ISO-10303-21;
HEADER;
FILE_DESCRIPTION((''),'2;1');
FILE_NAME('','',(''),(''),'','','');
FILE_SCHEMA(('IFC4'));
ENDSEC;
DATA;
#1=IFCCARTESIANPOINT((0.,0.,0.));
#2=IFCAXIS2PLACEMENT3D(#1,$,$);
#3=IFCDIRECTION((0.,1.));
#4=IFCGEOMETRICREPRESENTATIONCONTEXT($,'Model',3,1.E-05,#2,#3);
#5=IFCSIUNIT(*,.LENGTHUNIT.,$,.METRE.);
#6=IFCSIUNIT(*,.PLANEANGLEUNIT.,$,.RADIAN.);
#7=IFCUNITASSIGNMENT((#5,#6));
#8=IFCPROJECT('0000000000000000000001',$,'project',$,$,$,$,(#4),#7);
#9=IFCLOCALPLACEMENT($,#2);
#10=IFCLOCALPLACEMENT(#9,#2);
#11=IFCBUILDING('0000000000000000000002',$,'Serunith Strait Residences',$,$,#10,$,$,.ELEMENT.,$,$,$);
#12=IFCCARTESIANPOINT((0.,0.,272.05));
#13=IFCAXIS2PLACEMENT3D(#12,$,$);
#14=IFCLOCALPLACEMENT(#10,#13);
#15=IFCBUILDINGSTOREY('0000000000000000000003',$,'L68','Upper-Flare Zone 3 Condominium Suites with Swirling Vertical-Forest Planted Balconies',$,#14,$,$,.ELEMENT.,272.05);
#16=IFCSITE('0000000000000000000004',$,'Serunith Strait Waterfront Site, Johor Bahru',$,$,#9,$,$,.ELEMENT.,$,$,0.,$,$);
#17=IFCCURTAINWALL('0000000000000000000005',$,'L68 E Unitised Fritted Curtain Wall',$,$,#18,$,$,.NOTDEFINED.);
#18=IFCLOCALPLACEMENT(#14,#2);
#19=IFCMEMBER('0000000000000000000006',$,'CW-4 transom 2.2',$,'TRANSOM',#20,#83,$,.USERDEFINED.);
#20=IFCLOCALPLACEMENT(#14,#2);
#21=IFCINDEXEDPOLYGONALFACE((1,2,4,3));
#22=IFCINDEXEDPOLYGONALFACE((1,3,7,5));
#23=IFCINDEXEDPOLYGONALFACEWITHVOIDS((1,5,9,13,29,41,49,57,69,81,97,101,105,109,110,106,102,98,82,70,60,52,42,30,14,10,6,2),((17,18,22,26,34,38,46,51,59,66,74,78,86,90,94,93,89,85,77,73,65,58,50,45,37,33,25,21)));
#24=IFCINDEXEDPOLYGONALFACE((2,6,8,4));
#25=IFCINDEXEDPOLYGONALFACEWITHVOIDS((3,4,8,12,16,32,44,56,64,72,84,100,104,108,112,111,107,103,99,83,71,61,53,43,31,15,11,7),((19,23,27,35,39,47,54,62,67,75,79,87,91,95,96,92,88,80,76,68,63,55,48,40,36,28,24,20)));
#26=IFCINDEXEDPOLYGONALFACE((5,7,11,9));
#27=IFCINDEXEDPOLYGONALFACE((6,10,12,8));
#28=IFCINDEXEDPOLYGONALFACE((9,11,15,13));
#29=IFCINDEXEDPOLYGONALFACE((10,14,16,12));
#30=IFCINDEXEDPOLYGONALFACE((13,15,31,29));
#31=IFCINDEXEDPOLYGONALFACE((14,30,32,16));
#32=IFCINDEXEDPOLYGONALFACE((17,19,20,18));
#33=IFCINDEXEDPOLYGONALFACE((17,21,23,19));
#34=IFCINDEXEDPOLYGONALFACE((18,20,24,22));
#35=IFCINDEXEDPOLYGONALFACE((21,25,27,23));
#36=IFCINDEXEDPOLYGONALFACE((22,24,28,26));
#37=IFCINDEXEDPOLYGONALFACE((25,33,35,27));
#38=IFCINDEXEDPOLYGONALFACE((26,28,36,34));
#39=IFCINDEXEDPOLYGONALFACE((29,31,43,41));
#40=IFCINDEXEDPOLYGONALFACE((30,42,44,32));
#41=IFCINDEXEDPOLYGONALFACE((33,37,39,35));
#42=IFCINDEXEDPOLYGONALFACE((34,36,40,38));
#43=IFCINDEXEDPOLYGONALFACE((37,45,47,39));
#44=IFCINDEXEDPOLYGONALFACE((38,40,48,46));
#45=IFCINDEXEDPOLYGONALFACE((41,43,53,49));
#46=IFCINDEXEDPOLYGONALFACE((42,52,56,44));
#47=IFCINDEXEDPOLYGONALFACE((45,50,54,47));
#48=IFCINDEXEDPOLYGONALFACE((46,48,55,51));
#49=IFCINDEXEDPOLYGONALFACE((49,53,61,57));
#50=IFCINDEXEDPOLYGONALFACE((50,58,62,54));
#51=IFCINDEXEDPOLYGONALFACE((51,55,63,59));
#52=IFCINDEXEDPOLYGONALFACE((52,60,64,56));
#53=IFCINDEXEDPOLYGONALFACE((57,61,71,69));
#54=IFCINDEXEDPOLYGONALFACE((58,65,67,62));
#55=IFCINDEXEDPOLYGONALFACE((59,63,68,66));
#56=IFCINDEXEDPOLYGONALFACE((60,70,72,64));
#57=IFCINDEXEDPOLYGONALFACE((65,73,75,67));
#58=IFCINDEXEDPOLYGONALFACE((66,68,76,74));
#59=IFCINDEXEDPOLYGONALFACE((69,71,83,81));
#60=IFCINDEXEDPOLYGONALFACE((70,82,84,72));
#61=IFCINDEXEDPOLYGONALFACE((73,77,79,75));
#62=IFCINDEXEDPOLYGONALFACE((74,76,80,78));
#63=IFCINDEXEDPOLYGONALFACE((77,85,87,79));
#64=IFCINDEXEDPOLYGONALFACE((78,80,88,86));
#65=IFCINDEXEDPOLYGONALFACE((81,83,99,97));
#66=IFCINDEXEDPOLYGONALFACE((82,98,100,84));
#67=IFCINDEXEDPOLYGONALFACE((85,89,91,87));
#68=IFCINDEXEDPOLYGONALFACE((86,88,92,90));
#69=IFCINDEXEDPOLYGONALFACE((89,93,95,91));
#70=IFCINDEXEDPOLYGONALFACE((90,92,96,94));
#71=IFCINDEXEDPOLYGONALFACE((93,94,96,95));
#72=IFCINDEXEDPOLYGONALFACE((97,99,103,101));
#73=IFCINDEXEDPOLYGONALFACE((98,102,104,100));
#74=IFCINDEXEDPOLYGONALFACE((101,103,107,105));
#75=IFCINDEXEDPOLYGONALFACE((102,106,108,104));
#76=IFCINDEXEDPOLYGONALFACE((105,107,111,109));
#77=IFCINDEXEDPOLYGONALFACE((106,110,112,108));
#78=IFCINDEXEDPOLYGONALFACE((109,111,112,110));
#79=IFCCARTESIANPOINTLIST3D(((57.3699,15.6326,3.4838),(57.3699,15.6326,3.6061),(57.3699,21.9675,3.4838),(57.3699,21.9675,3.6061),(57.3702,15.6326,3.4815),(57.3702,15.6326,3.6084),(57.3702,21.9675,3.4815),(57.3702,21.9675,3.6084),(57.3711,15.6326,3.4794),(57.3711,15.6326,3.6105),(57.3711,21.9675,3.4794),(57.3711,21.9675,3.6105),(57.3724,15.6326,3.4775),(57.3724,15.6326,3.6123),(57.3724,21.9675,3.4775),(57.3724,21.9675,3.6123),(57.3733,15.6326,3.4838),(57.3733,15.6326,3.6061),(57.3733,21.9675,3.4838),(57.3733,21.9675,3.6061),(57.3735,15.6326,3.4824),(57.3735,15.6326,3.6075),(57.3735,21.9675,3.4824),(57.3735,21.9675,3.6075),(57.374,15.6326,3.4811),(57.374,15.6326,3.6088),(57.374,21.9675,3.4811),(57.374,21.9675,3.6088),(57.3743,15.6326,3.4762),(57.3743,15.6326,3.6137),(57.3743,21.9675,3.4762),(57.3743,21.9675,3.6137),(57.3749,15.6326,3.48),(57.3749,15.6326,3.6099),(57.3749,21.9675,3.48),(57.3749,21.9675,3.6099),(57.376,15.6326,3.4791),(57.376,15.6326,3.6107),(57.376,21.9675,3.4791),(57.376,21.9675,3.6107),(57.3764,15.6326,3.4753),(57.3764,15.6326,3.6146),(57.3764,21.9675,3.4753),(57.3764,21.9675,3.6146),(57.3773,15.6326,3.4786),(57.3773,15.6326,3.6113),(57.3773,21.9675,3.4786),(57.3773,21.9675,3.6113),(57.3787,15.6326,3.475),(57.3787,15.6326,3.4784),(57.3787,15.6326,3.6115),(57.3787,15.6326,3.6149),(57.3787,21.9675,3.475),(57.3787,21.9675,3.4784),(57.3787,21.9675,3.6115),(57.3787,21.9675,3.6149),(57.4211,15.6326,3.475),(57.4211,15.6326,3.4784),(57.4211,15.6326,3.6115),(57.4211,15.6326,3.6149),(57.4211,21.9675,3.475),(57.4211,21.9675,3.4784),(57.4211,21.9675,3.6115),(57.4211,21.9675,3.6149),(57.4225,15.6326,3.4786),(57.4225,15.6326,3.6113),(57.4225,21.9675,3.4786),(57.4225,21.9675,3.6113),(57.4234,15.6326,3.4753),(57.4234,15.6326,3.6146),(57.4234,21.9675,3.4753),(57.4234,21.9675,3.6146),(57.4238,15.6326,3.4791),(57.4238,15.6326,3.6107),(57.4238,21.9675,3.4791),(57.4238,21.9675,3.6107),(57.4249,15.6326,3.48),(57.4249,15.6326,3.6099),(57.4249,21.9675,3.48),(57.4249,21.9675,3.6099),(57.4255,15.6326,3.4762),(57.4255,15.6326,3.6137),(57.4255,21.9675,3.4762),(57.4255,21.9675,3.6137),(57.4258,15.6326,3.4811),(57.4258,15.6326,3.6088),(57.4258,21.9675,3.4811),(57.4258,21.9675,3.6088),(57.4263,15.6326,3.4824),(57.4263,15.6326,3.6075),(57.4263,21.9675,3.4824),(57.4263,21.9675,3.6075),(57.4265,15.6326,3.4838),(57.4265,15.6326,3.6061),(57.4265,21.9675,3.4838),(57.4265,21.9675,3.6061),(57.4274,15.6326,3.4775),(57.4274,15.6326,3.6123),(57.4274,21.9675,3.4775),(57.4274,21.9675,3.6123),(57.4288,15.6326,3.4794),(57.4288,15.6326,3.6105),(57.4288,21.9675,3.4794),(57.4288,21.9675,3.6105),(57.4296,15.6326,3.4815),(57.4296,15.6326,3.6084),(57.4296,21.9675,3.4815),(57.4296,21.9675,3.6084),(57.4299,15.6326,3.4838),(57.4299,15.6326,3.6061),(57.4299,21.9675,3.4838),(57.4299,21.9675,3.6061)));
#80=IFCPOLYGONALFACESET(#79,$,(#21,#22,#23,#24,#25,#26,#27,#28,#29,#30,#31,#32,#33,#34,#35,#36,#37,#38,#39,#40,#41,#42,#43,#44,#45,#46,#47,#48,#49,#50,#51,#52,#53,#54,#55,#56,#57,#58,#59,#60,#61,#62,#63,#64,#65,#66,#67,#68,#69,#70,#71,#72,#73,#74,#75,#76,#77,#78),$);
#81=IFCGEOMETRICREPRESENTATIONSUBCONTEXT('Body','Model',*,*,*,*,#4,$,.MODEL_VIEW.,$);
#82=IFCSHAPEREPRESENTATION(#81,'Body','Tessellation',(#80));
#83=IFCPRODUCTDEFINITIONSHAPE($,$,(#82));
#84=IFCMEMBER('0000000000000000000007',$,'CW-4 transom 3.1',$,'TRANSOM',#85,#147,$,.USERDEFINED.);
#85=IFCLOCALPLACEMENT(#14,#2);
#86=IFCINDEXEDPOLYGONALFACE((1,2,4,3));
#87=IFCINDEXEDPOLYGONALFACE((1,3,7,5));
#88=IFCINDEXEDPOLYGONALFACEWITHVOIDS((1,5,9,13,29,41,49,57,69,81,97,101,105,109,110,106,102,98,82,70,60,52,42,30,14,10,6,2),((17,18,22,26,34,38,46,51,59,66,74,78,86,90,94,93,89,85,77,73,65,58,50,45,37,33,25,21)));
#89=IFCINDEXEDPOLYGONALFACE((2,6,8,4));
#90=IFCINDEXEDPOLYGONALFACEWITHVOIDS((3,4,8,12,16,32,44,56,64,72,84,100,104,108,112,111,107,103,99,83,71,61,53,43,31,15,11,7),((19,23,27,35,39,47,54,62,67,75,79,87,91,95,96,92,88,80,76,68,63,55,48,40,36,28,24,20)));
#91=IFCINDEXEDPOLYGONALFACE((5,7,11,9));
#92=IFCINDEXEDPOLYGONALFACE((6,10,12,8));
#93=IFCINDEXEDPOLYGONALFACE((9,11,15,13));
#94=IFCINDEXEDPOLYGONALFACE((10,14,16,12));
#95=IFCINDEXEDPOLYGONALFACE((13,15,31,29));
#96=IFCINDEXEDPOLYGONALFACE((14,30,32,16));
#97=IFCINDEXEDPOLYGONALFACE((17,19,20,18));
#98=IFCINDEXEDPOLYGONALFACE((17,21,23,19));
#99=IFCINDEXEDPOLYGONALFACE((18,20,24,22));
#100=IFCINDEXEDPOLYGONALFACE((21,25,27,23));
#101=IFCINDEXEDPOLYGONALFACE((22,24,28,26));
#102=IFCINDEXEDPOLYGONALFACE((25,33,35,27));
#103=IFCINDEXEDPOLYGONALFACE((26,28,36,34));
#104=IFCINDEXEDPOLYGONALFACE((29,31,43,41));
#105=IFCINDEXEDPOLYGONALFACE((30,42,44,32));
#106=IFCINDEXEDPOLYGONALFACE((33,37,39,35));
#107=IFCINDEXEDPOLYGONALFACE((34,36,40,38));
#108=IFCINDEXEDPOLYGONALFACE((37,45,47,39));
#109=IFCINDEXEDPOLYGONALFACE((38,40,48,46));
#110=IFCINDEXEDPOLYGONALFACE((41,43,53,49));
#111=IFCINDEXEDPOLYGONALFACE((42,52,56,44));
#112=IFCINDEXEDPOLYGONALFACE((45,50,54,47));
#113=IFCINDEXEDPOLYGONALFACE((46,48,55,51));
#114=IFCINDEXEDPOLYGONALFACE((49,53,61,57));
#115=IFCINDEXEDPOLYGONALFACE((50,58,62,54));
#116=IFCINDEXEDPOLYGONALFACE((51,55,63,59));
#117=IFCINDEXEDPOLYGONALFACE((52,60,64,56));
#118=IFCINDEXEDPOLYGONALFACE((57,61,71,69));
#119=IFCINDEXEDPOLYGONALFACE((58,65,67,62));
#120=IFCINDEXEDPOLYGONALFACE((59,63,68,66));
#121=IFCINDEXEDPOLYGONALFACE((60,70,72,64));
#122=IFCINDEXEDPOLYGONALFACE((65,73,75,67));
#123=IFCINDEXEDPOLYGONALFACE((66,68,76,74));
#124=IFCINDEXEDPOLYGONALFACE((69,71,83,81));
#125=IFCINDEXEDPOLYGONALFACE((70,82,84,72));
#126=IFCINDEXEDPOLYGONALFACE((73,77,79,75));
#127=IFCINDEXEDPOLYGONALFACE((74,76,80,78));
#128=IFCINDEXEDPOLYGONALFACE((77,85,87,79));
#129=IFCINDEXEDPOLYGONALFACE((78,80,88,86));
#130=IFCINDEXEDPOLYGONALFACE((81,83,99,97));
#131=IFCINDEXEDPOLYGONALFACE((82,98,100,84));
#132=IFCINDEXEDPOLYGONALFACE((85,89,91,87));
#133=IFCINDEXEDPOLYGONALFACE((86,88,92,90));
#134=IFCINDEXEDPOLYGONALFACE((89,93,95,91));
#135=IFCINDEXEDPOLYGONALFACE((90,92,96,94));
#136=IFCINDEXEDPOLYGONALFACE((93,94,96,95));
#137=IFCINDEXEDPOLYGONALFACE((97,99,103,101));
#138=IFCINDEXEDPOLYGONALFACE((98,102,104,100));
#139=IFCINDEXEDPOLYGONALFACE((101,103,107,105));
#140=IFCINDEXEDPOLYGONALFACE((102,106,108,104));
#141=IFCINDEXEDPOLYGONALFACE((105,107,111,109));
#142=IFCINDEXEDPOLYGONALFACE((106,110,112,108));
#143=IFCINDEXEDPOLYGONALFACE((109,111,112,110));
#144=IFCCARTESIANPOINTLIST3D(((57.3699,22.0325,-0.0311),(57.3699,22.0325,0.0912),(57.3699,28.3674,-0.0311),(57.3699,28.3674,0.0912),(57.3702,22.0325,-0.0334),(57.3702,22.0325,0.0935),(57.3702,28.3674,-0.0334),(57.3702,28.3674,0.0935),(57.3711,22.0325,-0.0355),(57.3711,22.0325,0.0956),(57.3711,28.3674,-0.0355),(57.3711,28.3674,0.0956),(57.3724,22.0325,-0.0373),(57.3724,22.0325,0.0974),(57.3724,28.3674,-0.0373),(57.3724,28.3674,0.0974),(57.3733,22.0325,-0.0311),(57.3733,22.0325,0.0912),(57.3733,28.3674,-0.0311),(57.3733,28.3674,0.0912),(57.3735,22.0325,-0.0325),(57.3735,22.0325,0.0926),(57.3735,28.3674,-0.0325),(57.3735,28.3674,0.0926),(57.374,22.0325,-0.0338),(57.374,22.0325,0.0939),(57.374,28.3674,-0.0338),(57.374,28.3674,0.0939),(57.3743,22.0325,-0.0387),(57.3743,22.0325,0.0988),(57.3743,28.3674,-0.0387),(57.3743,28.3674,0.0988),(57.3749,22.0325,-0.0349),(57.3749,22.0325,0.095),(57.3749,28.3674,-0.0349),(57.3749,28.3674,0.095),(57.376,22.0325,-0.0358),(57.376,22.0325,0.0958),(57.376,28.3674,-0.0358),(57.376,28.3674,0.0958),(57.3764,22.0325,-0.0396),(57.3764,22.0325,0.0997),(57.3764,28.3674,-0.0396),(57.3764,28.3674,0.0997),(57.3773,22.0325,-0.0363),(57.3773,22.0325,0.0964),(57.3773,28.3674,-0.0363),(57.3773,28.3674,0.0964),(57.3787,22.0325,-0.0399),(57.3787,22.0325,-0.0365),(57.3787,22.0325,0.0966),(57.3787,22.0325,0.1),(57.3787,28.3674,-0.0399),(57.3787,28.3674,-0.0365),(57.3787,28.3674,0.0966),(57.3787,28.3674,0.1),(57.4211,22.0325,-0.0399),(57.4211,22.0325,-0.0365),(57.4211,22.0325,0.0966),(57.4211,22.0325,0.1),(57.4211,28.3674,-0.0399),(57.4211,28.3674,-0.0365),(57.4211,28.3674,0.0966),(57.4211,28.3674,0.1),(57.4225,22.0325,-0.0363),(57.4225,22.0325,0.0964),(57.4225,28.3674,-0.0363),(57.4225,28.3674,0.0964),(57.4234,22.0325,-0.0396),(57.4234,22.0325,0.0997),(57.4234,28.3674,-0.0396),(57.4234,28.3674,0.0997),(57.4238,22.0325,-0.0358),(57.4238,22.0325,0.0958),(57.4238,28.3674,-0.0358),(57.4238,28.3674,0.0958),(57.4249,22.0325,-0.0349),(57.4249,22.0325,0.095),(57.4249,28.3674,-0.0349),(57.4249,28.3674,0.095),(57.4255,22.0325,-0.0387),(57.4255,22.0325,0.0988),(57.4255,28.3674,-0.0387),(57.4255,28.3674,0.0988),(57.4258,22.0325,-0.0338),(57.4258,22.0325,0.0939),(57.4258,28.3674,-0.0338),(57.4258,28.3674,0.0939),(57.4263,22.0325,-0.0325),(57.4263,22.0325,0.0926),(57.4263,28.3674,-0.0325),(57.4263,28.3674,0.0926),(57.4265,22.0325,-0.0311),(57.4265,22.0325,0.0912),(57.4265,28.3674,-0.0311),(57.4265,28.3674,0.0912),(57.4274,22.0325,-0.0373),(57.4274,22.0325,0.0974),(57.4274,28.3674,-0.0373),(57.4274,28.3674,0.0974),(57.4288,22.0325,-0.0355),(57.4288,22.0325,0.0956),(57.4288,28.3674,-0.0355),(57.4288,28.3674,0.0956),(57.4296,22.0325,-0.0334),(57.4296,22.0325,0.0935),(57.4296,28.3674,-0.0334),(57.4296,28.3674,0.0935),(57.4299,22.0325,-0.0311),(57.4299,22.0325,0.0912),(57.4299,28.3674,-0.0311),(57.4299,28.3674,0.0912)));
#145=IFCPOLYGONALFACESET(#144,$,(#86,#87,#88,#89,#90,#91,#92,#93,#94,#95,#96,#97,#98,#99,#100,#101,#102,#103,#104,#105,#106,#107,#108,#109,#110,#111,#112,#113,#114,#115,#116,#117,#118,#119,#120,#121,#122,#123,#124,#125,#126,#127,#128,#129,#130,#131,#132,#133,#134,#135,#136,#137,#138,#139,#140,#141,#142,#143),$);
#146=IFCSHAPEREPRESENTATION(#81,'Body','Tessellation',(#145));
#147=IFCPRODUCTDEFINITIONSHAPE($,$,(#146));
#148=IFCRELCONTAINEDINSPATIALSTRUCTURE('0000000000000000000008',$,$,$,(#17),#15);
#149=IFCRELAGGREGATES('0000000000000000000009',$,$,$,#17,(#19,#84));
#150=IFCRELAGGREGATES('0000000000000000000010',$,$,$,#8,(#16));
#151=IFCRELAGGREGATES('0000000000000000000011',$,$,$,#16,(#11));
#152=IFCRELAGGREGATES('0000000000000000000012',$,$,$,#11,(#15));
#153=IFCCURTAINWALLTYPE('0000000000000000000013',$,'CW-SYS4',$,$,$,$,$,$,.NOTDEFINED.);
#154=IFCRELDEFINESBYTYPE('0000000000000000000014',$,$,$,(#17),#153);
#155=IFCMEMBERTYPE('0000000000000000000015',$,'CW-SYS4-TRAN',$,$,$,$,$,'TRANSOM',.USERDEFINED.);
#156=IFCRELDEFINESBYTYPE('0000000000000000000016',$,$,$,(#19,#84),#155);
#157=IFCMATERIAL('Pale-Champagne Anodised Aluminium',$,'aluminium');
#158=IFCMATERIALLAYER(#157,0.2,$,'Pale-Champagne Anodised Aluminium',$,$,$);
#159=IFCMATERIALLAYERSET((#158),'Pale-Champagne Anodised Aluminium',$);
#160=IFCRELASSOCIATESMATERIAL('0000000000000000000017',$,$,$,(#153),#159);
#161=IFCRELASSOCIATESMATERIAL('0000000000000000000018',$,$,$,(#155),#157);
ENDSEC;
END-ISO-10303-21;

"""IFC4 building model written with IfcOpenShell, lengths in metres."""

from ifc_helpers import new_model, si_unit, direction, frame, origin, origin_2d, place, context, subcontext, project, spatial, hollow_rectangle, extrude, source, transform, mapped, material, layer, layer_set, material_profile, profile_set, type_object, element, aggregate, save


model = new_model("IFC4")

# Units and contexts
model_context = context("Model", 3, precision=1e-05, world=origin(), true_north=direction((0.0, 1.0)))
body_context = subcontext(model_context, "Body", "Model", "MODEL_VIEW")
ifc_project = project(units=[si_unit("LENGTHUNIT", "METRE"), si_unit("PLANEANGLEUNIT", "RADIAN")], contexts=[model_context])

# Site, building, storey
site_placement = place(None, origin())
site = spatial("IfcSite", under=ifc_project, at=site_placement, Name="Serunith Strait Waterfront Site, Johor Bahru", CompositionType="ELEMENT", RefElevation=0.0)
building_placement = place(site_placement, origin())
building = spatial("IfcBuilding", under=site, at=building_placement, Name="Serunith Strait Residences", CompositionType="ELEMENT")
storey_placement = place(building_placement, frame((0.0, 0.0, 272.05)))
storey = spatial("IfcBuildingStorey", under=building, at=storey_placement, Name="L68", Description="Upper-Flare Zone 3 Condominium Suites with Swirling Vertical-Forest Planted Balconies", CompositionType="ELEMENT", Elevation=272.05)

# Curtain wall, members
ifc_material_1 = material(Name="Pale-Champagne Anodised Aluminium", Category="aluminium")
ifc_layer_1 = layer(ifc_material_1, 0.2, Name="Pale-Champagne Anodised Aluminium")
ifc_layer_set_1 = layer_set([ifc_layer_1], Name="Pale-Champagne Anodised Aluminium")
curtain_wall_type = type_object("IfcCurtainWallType", Name="CW-SYS4", PredefinedType="NOTDEFINED", material=ifc_layer_set_1)
curtain_wall_placement = place(storey_placement, origin())
curtain_wall = element("IfcCurtainWall", 1, at=curtain_wall_placement, inside=storey, type_object=curtain_wall_type, Name="L68 E Unitised Fritted Curtain Wall", PredefinedType="NOTDEFINED")
ifc_material_profile_1 = material_profile(ifc_material_1, hollow_rectangle(XDim=0.0601, YDim=0.1399, WallThickness=0.0034, InnerFilletRadius=0.0054, OuterFilletRadius=0.0088, at=origin_2d()), Name="ALU 140x60x3.5")
ifc_profile_set_1 = profile_set([ifc_material_profile_1], Name="Pale-Champagne Anodised Aluminium")
member_type_1 = type_object("IfcMemberType", Name="CW-SYS4-TRAN", ElementType="TRANSOM", PredefinedType="USERDEFINED", material=ifc_profile_set_1)
shared_shape_1 = source(origin(), body_context, "Body", "SweptSolid", [
    extrude(hollow_rectangle(XDim=0.0601, YDim=0.1399, WallThickness=0.0034, InnerFilletRadius=0.0054, OuterFilletRadius=0.0088, at=origin_2d()), origin(), (0.0, 0.0, 1.0), 6.335),
])
member_1_placement = place(storey_placement, frame((57.3999, 15.6326, 3.5449), z_axis=(0.0, 1.0, 0.0), x_axis=(-1.0, 0.0, 0.0)))
member_1 = element("IfcMember", 2, at=member_1_placement, type_object=member_type_1, Name="CW-4 transom 2.2", ObjectType="TRANSOM", PredefinedType="USERDEFINED", context=body_context, shape_type="MappedRepresentation", body=[
    mapped(shared_shape_1, transform((0.0, 0.0, 0.0), scale=1.0)),
])
member_2_placement = place(storey_placement, frame((57.3999, 22.0325, 0.03), z_axis=(0.0, 1.0, 0.0), x_axis=(-1.0, 0.0, 0.0)))
member_2 = element("IfcMember", 3, at=member_2_placement, type_object=member_type_1, Name="CW-4 transom 3.1", ObjectType="TRANSOM", PredefinedType="USERDEFINED", context=body_context, shape_type="MappedRepresentation", body=[
    mapped(shared_shape_1, transform((0.0, 0.0, 0.0), scale=1.0)),
])
aggregate(curtain_wall, [member_1, member_2])

save(model, "model.ifc")
